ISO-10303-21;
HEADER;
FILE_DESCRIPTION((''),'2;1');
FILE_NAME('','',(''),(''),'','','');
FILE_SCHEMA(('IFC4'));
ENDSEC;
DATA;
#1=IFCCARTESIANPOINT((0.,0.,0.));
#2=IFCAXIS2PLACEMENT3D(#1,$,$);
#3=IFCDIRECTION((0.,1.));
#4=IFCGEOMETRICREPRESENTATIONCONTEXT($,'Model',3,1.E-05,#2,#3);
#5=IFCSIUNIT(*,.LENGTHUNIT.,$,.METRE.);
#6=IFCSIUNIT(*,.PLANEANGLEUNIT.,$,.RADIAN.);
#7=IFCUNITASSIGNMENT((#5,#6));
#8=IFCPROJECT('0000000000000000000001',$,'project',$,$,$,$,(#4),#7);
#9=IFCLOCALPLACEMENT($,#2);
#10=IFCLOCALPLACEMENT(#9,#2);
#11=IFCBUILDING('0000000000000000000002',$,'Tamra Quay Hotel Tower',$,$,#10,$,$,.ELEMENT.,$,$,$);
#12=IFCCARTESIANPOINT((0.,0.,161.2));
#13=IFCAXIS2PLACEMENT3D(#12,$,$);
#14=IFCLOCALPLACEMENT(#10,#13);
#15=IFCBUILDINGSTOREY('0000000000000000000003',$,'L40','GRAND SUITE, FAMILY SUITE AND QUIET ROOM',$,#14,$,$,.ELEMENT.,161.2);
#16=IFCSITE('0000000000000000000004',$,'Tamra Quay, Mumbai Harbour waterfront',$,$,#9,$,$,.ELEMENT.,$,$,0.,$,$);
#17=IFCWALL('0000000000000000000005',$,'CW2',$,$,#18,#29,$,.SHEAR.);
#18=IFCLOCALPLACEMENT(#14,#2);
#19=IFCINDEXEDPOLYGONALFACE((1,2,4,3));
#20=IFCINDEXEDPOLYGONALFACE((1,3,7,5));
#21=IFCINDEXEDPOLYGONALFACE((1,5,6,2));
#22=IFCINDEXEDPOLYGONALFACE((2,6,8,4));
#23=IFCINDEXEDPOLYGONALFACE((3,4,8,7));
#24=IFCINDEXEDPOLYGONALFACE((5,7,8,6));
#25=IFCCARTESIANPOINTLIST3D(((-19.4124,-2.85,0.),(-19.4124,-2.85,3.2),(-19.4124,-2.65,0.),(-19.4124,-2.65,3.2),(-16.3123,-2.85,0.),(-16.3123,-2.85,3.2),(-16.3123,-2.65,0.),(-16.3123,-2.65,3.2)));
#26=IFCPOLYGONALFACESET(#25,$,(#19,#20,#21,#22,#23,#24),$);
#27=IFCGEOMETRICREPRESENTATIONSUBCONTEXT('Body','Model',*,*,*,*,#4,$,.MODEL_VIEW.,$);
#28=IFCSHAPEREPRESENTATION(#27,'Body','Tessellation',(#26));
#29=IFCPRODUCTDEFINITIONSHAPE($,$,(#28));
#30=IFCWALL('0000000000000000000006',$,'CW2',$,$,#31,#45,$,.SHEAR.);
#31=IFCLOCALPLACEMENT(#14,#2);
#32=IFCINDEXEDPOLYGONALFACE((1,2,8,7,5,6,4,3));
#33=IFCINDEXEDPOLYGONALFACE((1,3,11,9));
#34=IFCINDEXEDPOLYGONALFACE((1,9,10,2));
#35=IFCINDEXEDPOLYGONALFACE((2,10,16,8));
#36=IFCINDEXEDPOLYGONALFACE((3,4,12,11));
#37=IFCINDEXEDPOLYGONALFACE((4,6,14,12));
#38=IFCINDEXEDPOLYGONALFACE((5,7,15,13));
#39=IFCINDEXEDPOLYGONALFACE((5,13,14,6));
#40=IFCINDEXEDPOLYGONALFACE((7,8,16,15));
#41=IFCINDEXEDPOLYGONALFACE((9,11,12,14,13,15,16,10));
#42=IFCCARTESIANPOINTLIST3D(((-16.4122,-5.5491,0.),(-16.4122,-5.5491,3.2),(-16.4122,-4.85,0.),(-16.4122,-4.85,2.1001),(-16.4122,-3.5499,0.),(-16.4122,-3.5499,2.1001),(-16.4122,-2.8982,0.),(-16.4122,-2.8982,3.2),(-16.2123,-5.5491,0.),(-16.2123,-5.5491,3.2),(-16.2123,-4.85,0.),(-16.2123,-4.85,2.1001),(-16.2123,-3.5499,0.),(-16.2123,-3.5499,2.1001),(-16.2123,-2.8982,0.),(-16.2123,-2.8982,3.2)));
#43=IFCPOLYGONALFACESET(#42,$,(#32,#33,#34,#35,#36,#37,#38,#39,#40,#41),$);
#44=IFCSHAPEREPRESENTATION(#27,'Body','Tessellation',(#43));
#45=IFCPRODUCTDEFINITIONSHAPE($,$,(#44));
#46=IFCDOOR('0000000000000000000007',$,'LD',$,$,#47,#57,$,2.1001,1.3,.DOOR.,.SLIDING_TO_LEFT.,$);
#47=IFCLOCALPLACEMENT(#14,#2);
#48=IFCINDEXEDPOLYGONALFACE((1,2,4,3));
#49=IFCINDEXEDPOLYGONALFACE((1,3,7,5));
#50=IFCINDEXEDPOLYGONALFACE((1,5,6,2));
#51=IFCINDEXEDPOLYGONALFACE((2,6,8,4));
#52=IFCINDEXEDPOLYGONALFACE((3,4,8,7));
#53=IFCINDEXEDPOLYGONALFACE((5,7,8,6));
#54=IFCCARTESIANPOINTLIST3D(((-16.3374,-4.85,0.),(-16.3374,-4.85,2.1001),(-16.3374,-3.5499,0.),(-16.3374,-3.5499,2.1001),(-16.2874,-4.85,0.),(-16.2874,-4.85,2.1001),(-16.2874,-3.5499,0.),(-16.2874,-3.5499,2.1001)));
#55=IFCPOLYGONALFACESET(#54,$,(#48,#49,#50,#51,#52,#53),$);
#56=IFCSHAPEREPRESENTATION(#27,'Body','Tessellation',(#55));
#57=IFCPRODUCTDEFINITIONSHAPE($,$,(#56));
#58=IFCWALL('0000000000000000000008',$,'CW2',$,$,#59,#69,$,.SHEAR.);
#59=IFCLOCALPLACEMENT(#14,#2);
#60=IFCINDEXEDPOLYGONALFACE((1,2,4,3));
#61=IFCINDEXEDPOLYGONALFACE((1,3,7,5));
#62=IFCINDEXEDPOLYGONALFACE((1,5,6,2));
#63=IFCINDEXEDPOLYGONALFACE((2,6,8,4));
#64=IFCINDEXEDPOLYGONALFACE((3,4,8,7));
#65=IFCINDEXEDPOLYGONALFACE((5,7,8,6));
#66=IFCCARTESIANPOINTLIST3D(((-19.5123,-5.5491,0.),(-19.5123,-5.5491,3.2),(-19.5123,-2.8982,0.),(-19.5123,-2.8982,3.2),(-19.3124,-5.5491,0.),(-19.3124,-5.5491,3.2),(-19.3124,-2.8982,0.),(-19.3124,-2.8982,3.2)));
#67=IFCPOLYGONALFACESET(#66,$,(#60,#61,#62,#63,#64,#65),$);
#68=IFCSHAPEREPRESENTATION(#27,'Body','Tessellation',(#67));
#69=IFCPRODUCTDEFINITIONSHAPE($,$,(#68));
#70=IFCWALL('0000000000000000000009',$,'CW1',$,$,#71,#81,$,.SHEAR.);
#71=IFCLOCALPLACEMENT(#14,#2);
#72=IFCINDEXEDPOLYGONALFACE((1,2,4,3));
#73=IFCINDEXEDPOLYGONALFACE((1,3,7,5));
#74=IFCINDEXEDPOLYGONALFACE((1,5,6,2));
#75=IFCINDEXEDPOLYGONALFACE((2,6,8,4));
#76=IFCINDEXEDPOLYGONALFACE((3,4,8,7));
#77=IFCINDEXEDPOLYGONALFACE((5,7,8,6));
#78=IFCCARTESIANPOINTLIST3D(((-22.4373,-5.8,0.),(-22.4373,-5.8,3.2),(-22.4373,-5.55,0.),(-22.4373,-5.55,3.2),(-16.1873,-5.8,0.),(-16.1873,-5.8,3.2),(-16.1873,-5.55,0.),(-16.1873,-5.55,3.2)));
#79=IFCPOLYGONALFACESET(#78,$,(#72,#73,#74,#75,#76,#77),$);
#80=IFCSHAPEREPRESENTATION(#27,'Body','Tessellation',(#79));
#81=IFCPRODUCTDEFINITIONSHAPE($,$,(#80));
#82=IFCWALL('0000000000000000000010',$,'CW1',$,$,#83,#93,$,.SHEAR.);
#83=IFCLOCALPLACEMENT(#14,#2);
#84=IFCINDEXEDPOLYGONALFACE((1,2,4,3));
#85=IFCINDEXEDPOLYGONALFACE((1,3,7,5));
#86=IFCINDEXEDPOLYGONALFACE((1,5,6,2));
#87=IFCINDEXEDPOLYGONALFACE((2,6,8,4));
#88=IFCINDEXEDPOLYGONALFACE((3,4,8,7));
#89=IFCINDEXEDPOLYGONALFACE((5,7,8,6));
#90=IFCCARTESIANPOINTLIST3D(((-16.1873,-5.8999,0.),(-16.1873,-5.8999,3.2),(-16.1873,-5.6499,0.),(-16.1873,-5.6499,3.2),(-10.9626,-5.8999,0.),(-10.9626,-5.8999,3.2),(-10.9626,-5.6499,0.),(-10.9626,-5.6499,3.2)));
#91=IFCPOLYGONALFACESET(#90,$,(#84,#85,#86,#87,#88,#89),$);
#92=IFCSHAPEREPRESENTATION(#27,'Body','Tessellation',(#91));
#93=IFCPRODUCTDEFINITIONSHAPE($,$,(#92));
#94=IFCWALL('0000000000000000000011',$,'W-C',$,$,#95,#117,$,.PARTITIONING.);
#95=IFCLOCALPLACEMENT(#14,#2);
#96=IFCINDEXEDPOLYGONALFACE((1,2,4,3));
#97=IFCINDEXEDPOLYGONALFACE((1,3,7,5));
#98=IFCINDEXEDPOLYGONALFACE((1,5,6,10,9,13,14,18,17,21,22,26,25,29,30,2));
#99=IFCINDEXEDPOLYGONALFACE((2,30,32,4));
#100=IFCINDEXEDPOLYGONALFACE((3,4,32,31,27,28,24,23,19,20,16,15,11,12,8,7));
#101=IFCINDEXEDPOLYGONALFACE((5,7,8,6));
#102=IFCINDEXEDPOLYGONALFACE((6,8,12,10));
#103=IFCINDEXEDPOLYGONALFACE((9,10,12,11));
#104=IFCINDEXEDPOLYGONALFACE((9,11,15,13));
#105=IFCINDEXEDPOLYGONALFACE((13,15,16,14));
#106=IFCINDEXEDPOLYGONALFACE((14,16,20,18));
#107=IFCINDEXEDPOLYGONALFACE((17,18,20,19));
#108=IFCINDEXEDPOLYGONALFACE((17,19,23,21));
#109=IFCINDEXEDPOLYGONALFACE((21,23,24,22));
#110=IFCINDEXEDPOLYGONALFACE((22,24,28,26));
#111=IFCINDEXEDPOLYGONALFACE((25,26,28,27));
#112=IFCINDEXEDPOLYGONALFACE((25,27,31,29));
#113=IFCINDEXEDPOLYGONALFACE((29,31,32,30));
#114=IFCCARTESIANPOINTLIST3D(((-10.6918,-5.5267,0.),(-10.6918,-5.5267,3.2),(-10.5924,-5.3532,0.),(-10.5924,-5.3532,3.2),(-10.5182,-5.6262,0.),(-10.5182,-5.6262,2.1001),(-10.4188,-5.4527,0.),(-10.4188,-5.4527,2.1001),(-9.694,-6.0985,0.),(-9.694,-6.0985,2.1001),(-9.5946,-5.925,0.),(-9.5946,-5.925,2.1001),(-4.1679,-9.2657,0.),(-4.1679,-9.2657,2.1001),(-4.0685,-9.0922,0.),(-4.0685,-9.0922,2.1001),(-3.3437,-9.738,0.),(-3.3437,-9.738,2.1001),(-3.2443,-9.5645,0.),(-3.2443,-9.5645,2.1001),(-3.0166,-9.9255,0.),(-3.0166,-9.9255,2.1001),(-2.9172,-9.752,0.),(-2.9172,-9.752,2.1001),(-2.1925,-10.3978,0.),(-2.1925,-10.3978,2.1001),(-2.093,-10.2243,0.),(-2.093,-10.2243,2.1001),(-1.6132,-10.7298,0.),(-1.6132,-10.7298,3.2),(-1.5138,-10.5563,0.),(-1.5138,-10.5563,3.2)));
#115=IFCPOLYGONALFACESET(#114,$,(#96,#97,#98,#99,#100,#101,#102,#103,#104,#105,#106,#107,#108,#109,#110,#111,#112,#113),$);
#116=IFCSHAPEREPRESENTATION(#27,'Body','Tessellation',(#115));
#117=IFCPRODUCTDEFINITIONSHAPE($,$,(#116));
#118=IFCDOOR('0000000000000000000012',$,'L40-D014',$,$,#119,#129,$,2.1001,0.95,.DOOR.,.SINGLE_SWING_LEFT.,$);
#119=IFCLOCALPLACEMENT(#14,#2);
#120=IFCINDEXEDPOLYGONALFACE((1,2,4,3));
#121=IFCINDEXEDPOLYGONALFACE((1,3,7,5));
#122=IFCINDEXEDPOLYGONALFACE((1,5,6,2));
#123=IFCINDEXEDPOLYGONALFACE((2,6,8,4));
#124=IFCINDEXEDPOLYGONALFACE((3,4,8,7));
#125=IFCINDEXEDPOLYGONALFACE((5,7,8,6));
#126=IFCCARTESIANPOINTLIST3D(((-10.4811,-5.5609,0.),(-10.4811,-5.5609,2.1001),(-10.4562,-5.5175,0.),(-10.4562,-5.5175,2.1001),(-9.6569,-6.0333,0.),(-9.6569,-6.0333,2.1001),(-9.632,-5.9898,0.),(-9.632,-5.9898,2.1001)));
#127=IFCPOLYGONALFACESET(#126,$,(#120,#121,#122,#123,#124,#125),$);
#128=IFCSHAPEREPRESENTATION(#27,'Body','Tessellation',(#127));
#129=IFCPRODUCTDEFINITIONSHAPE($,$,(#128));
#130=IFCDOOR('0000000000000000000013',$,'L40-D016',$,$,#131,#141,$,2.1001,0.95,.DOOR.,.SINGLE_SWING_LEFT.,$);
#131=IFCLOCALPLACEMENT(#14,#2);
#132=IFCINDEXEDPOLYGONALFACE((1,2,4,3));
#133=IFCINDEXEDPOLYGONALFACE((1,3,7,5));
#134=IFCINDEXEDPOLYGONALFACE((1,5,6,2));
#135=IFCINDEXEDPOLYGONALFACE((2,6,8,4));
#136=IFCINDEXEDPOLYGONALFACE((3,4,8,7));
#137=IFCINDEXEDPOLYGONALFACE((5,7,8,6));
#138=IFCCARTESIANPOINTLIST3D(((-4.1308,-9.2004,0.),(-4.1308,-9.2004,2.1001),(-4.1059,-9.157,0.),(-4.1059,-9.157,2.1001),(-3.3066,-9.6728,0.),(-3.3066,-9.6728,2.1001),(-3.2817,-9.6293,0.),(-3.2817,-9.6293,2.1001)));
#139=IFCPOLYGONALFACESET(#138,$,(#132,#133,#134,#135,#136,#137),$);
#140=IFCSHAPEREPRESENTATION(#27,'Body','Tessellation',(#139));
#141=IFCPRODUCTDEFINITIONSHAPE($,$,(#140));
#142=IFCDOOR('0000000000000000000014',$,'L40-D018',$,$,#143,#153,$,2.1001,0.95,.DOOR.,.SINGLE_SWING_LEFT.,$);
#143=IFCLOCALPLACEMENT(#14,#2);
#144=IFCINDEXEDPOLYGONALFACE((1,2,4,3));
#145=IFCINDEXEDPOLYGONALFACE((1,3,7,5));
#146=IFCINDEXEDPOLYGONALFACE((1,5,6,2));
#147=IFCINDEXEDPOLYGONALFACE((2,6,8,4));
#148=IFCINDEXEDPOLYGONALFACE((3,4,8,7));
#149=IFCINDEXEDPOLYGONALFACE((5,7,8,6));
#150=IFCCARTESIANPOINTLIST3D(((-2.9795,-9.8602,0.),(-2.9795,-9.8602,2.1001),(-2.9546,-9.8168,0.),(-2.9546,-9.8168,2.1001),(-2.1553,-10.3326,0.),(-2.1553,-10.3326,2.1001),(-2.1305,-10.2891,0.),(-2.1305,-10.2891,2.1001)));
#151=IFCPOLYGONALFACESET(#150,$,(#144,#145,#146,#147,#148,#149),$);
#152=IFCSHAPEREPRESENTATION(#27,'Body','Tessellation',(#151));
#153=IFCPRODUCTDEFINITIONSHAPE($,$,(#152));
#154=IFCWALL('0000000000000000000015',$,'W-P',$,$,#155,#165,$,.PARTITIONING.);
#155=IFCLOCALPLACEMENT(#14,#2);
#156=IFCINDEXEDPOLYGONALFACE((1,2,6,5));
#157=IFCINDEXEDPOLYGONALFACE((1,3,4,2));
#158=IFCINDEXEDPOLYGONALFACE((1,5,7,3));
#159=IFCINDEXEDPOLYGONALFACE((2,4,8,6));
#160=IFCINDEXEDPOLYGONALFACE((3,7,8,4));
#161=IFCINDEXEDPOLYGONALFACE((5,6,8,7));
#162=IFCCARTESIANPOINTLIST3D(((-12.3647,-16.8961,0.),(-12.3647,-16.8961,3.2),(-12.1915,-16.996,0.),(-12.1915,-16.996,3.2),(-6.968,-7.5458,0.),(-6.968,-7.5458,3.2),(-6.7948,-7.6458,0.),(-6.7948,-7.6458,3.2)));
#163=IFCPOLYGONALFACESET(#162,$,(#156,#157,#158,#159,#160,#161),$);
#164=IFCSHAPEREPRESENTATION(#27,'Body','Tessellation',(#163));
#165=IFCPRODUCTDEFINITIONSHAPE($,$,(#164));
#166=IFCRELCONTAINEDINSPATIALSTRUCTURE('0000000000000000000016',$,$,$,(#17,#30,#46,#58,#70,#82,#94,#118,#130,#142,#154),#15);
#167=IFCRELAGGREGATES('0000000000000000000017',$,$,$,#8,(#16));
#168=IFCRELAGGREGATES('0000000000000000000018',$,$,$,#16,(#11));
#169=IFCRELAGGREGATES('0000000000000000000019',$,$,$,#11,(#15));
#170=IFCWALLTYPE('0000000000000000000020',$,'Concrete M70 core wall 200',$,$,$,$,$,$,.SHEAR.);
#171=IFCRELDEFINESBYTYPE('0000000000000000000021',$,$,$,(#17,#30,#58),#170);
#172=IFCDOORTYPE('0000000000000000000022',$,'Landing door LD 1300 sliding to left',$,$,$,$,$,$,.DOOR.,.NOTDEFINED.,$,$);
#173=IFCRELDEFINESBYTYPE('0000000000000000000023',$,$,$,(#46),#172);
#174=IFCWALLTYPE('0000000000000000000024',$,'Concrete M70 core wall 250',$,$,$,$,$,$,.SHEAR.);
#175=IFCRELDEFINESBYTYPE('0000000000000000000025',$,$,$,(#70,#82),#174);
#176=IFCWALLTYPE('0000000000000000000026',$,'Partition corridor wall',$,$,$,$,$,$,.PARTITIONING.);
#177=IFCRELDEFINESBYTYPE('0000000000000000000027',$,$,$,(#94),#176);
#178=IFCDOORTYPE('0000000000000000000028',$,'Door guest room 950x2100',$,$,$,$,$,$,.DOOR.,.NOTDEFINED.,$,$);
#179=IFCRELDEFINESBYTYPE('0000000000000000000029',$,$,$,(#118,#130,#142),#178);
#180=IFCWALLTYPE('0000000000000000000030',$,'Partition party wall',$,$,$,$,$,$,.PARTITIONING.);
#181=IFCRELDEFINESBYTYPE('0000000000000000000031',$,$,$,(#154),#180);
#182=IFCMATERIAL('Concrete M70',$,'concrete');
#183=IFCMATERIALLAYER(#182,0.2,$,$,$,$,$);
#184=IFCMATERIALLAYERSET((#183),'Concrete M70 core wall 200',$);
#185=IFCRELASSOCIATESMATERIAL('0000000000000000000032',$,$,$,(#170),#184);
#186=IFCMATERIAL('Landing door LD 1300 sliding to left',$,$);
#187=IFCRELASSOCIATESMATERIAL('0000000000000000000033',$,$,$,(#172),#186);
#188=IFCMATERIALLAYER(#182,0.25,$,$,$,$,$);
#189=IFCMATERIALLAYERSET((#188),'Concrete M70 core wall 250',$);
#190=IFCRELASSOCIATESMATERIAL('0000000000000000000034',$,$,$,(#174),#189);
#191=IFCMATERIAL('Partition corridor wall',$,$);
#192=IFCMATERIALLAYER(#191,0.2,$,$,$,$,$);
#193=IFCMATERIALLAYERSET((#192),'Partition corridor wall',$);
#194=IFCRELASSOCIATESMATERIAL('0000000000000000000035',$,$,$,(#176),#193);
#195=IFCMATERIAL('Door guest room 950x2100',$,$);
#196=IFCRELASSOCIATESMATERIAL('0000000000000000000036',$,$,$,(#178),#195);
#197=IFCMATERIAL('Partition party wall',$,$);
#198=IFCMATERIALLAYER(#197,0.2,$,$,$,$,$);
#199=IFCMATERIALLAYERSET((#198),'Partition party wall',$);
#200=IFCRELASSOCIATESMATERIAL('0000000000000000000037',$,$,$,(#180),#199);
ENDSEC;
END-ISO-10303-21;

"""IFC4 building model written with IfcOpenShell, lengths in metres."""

from ifc_helpers import new_model, si_unit, direction, frame, frame_2d, origin, place, context, subcontext, project, spatial, rectangle, extrude, material, layer, layer_set, type_object, element, fill, save


model = new_model("IFC4")

# Units and contexts
model_context = context("Model", 3, precision=1e-05, world=origin(), true_north=direction((0.0, 1.0)))
body_context = subcontext(model_context, "Body", "Model", "MODEL_VIEW")
ifc_project = project(units=[si_unit("LENGTHUNIT", "METRE"), si_unit("PLANEANGLEUNIT", "RADIAN")], contexts=[model_context])

# Site, building, storey
site_placement = place(None, origin())
site = spatial("IfcSite", under=ifc_project, at=site_placement, Name="Tamra Quay, Mumbai Harbour waterfront", CompositionType="ELEMENT", RefElevation=0.0)
building_placement = place(site_placement, origin())
building = spatial("IfcBuilding", under=site, at=building_placement, Name="Tamra Quay Hotel Tower", CompositionType="ELEMENT")
storey_placement = place(building_placement, frame((0.0, 0.0, 161.2)))
storey = spatial("IfcBuildingStorey", under=building, at=storey_placement, Name="L40", Description="GRAND SUITE, FAMILY SUITE AND QUIET ROOM", CompositionType="ELEMENT", Elevation=161.2)

# Shared definitions
ifc_material_1 = material(Name="Concrete M70", Category="concrete")

# Shared definitions
ifc_layer_1 = layer(ifc_material_1, 0.2)
ifc_layer_set_1 = layer_set([ifc_layer_1], Name="Concrete M70 core wall 200")
wall_type_1 = type_object("IfcWallType", Name="Concrete M70 core wall 200", PredefinedType="SHEAR", material=ifc_layer_set_1)

# Wall
wall_1_placement = place(storey_placement, frame((-19.4124, -2.75, 0.0), z_axis=(0.0, 0.0, 1.0), x_axis=(1.0, 0.0, 0.0)))
element("IfcWall", 1, at=wall_1_placement, inside=storey, type_object=wall_type_1, Name="CW2", PredefinedType="SHEAR", context=body_context, shape_type="SweptSolid", body=[
    extrude(rectangle(XDim=3.1001, YDim=0.2, at=frame_2d((1.55, 0.0))), origin(), (0.0, 0.0, 1.0), 3.2),
])

# Wall, opening, door
wall_2_placement = place(storey_placement, frame((-16.3123, -2.8982, 0.0), z_axis=(0.0, 0.0, 1.0), x_axis=(0.0, -1.0, 0.0)))
wall_2 = element("IfcWall", 2, at=wall_2_placement, inside=storey, type_object=wall_type_1, Name="CW2", PredefinedType="SHEAR", context=body_context, shape_type="SweptSolid", body=[
    extrude(rectangle(XDim=2.6509, YDim=0.2, at=frame_2d((1.3254, 0.0))), origin(), (0.0, 0.0, 1.0), 3.2),
])
opening_1_placement = place(wall_2_placement, frame((0.6519, 0.0, 0.0)))
opening_1 = element("IfcOpeningElement", 3, at=opening_1_placement, cuts=wall_2, PredefinedType="OPENING", context=body_context, shape_type="SweptSolid", body=[
    extrude(rectangle(XDim=1.3, YDim=2.1001, at=frame_2d((0.6499, 1.05))), frame((0.0, 0.1099, 0.0), z_axis=(0.0, -1.0, 0.0), x_axis=(1.0, 0.0, 0.0)), (0.0, 0.0, 1.0), 0.22),
])
ifc_material_2 = material(Name="Landing door LD 1300 sliding to left")
door_type_1 = type_object("IfcDoorType", Name="Landing door LD 1300 sliding to left", OperationType="NOTDEFINED", PredefinedType="DOOR", material=ifc_material_2)
door_1_placement = place(opening_1_placement, origin())
door_1 = element("IfcDoor", 4, at=door_1_placement, inside=storey, type_object=door_type_1, Name="LD", OperationType="SLIDING_TO_LEFT", OverallHeight=2.1001, OverallWidth=1.3, PredefinedType="DOOR", context=body_context, shape_type="SweptSolid", body=[
    extrude(rectangle(XDim=1.3, YDim=2.1001, at=frame_2d((0.6499, 1.05))), frame((0.0, 0.0249, 0.0), z_axis=(0.0, -1.0, 0.0), x_axis=(1.0, 0.0, 0.0)), (0.0, 0.0, 1.0), 0.05),
])
fill(opening_1, door_1)

# Walls
wall_3_placement = place(storey_placement, frame((-19.4124, -5.5491, 0.0), z_axis=(0.0, 0.0, 1.0), x_axis=(0.0, 1.0, 0.0)))
element("IfcWall", 5, at=wall_3_placement, inside=storey, type_object=wall_type_1, Name="CW2", PredefinedType="SHEAR", context=body_context, shape_type="SweptSolid", body=[
    extrude(rectangle(XDim=2.6509, YDim=0.2, at=frame_2d((1.3254, 0.0))), origin(), (0.0, 0.0, 1.0), 3.2),
])
ifc_layer_2 = layer(ifc_material_1, 0.25)
ifc_layer_set_2 = layer_set([ifc_layer_2], Name="Concrete M70 core wall 250")
wall_type_2 = type_object("IfcWallType", Name="Concrete M70 core wall 250", PredefinedType="SHEAR", material=ifc_layer_set_2)
wall_4_placement = place(storey_placement, frame((-16.1873, -5.675, 0.0), z_axis=(0.0, 0.0, 1.0), x_axis=(-1.0, 0.0, 0.0)))
element("IfcWall", 6, at=wall_4_placement, inside=storey, type_object=wall_type_2, Name="CW1", PredefinedType="SHEAR", context=body_context, shape_type="SweptSolid", body=[
    extrude(rectangle(XDim=6.25, YDim=0.25, at=frame_2d((3.125, 0.0))), origin(), (0.0, 0.0, 1.0), 3.2),
])
wall_5_placement = place(storey_placement, frame((-10.9626, -5.7749, 0.0), z_axis=(0.0, 0.0, 1.0), x_axis=(-1.0, 0.0, 0.0)))
element("IfcWall", 7, at=wall_5_placement, inside=storey, type_object=wall_type_2, Name="CW1", PredefinedType="SHEAR", context=body_context, shape_type="SweptSolid", body=[
    extrude(rectangle(XDim=5.2246, YDim=0.25, at=frame_2d((2.6123, 0.0))), origin(), (0.0, 0.0, 1.0), 3.2),
])

# Wall, openings, doors
ifc_material_3 = material(Name="Partition corridor wall")
ifc_layer_3 = layer(ifc_material_3, 0.2)
ifc_layer_set_3 = layer_set([ifc_layer_3], Name="Partition corridor wall")
wall_type_3 = type_object("IfcWallType", Name="Partition corridor wall", PredefinedType="PARTITIONING", material=ifc_layer_set_3)
wall_6_placement = place(storey_placement, frame((-10.6421, -5.4399, 0.0), z_axis=(0.0, 0.0, 1.0), x_axis=(0.867611, -0.497244, 0.0)))
wall_6 = element("IfcWall", 8, at=wall_6_placement, inside=storey, type_object=wall_type_3, Name="W-C", PredefinedType="PARTITIONING", context=body_context, shape_type="SweptSolid", body=[
    extrude(rectangle(XDim=10.4639, YDim=0.2, at=frame_2d((5.2319, 0.0))), origin(), (0.0, 0.0, 1.0), 3.2),
])
opening_2_placement = place(wall_6_placement, frame((0.2, 0.0, 0.0)))
opening_2 = element("IfcOpeningElement", 9, at=opening_2_placement, cuts=wall_6, PredefinedType="OPENING", context=body_context, shape_type="SweptSolid", body=[
    extrude(rectangle(XDim=0.95, YDim=2.1001, at=frame_2d((0.4751, 1.05))), frame((0.0, 0.1099, 0.0), z_axis=(0.0, -1.0, 0.0), x_axis=(1.0, 0.0, 0.0)), (0.0, 0.0, 1.0), 0.22),
])
opening_3_placement = place(wall_6_placement, frame((7.5193, 0.0, 0.0)))
opening_3 = element("IfcOpeningElement", 10, at=opening_3_placement, cuts=wall_6, PredefinedType="OPENING", context=body_context, shape_type="SweptSolid", body=[
    extrude(rectangle(XDim=0.95, YDim=2.1001, at=frame_2d((0.4751, 1.05))), frame((0.0, 0.1099, 0.0), z_axis=(0.0, -1.0, 0.0), x_axis=(1.0, 0.0, 0.0)), (0.0, 0.0, 1.0), 0.22),
])
opening_4_placement = place(wall_6_placement, frame((8.8462, 0.0, 0.0)))
opening_4 = element("IfcOpeningElement", 11, at=opening_4_placement, cuts=wall_6, PredefinedType="OPENING", context=body_context, shape_type="SweptSolid", body=[
    extrude(rectangle(XDim=0.95, YDim=2.1001, at=frame_2d((0.4751, 1.05))), frame((0.0, 0.1099, 0.0), z_axis=(0.0, -1.0, 0.0), x_axis=(1.0, 0.0, 0.0)), (0.0, 0.0, 1.0), 0.22),
])
ifc_material_4 = material(Name="Door guest room 950x2100")
door_type_2 = type_object("IfcDoorType", Name="Door guest room 950x2100", OperationType="NOTDEFINED", PredefinedType="DOOR", material=ifc_material_4)
door_2_placement = place(opening_2_placement, frame((0.95, 0.0, 0.0), z_axis=(0.0, 0.0, 1.0), x_axis=(-1.0, 0.0, 0.0)))
door_2 = element("IfcDoor", 12, at=door_2_placement, inside=storey, type_object=door_type_2, Name="L40-D014", OperationType="SINGLE_SWING_LEFT", OverallHeight=2.1001, OverallWidth=0.95, PredefinedType="DOOR", context=body_context, shape_type="SweptSolid", body=[
    extrude(rectangle(XDim=0.95, YDim=2.1001, at=frame_2d((0.4751, 1.05))), frame((0.0, 0.0249, 0.0), z_axis=(0.0, -1.0, 0.0), x_axis=(1.0, 0.0, 0.0)), (0.0, 0.0, 1.0), 0.05),
])
fill(opening_2, door_2)
door_3_placement = place(opening_3_placement, frame((0.95, 0.0, 0.0), z_axis=(0.0, 0.0, 1.0), x_axis=(-1.0, 0.0, 0.0)))
door_3 = element("IfcDoor", 13, at=door_3_placement, inside=storey, type_object=door_type_2, Name="L40-D016", OperationType="SINGLE_SWING_LEFT", OverallHeight=2.1001, OverallWidth=0.95, PredefinedType="DOOR", context=body_context, shape_type="SweptSolid", body=[
    extrude(rectangle(XDim=0.95, YDim=2.1001, at=frame_2d((0.4751, 1.05))), frame((0.0, 0.0249, 0.0), z_axis=(0.0, -1.0, 0.0), x_axis=(1.0, 0.0, 0.0)), (0.0, 0.0, 1.0), 0.05),
])
fill(opening_3, door_3)
door_4_placement = place(opening_4_placement, frame((0.95, 0.0, 0.0), z_axis=(0.0, 0.0, 1.0), x_axis=(-1.0, 0.0, 0.0)))
door_4 = element("IfcDoor", 14, at=door_4_placement, inside=storey, type_object=door_type_2, Name="L40-D018", OperationType="SINGLE_SWING_LEFT", OverallHeight=2.1001, OverallWidth=0.95, PredefinedType="DOOR", context=body_context, shape_type="SweptSolid", body=[
    extrude(rectangle(XDim=0.95, YDim=2.1001, at=frame_2d((0.4751, 1.05))), frame((0.0, 0.0249, 0.0), z_axis=(0.0, -1.0, 0.0), x_axis=(1.0, 0.0, 0.0)), (0.0, 0.0, 1.0), 0.05),
])
fill(opening_4, door_4)

# Wall
ifc_material_5 = material(Name="Partition party wall")
ifc_layer_4 = layer(ifc_material_5, 0.2)
ifc_layer_set_4 = layer_set([ifc_layer_4], Name="Partition party wall")
wall_type_4 = type_object("IfcWallType", Name="Partition party wall", PredefinedType="PARTITIONING", material=ifc_layer_set_4)
wall_7_placement = place(storey_placement, frame((-12.2781, -16.946, 0.0), z_axis=(0.0, 0.0, 1.0), x_axis=(0.499882, 0.866093, 0.0)))
element("IfcWall", 15, at=wall_7_placement, inside=storey, type_object=wall_type_4, Name="W-P", PredefinedType="PARTITIONING", context=body_context, shape_type="SweptSolid", body=[
    extrude(rectangle(XDim=10.7959, YDim=0.2, at=frame_2d((5.3979, 0.0))), origin(), (0.0, 0.0, 1.0), 3.2),
])

save(model, "model.ifc")
